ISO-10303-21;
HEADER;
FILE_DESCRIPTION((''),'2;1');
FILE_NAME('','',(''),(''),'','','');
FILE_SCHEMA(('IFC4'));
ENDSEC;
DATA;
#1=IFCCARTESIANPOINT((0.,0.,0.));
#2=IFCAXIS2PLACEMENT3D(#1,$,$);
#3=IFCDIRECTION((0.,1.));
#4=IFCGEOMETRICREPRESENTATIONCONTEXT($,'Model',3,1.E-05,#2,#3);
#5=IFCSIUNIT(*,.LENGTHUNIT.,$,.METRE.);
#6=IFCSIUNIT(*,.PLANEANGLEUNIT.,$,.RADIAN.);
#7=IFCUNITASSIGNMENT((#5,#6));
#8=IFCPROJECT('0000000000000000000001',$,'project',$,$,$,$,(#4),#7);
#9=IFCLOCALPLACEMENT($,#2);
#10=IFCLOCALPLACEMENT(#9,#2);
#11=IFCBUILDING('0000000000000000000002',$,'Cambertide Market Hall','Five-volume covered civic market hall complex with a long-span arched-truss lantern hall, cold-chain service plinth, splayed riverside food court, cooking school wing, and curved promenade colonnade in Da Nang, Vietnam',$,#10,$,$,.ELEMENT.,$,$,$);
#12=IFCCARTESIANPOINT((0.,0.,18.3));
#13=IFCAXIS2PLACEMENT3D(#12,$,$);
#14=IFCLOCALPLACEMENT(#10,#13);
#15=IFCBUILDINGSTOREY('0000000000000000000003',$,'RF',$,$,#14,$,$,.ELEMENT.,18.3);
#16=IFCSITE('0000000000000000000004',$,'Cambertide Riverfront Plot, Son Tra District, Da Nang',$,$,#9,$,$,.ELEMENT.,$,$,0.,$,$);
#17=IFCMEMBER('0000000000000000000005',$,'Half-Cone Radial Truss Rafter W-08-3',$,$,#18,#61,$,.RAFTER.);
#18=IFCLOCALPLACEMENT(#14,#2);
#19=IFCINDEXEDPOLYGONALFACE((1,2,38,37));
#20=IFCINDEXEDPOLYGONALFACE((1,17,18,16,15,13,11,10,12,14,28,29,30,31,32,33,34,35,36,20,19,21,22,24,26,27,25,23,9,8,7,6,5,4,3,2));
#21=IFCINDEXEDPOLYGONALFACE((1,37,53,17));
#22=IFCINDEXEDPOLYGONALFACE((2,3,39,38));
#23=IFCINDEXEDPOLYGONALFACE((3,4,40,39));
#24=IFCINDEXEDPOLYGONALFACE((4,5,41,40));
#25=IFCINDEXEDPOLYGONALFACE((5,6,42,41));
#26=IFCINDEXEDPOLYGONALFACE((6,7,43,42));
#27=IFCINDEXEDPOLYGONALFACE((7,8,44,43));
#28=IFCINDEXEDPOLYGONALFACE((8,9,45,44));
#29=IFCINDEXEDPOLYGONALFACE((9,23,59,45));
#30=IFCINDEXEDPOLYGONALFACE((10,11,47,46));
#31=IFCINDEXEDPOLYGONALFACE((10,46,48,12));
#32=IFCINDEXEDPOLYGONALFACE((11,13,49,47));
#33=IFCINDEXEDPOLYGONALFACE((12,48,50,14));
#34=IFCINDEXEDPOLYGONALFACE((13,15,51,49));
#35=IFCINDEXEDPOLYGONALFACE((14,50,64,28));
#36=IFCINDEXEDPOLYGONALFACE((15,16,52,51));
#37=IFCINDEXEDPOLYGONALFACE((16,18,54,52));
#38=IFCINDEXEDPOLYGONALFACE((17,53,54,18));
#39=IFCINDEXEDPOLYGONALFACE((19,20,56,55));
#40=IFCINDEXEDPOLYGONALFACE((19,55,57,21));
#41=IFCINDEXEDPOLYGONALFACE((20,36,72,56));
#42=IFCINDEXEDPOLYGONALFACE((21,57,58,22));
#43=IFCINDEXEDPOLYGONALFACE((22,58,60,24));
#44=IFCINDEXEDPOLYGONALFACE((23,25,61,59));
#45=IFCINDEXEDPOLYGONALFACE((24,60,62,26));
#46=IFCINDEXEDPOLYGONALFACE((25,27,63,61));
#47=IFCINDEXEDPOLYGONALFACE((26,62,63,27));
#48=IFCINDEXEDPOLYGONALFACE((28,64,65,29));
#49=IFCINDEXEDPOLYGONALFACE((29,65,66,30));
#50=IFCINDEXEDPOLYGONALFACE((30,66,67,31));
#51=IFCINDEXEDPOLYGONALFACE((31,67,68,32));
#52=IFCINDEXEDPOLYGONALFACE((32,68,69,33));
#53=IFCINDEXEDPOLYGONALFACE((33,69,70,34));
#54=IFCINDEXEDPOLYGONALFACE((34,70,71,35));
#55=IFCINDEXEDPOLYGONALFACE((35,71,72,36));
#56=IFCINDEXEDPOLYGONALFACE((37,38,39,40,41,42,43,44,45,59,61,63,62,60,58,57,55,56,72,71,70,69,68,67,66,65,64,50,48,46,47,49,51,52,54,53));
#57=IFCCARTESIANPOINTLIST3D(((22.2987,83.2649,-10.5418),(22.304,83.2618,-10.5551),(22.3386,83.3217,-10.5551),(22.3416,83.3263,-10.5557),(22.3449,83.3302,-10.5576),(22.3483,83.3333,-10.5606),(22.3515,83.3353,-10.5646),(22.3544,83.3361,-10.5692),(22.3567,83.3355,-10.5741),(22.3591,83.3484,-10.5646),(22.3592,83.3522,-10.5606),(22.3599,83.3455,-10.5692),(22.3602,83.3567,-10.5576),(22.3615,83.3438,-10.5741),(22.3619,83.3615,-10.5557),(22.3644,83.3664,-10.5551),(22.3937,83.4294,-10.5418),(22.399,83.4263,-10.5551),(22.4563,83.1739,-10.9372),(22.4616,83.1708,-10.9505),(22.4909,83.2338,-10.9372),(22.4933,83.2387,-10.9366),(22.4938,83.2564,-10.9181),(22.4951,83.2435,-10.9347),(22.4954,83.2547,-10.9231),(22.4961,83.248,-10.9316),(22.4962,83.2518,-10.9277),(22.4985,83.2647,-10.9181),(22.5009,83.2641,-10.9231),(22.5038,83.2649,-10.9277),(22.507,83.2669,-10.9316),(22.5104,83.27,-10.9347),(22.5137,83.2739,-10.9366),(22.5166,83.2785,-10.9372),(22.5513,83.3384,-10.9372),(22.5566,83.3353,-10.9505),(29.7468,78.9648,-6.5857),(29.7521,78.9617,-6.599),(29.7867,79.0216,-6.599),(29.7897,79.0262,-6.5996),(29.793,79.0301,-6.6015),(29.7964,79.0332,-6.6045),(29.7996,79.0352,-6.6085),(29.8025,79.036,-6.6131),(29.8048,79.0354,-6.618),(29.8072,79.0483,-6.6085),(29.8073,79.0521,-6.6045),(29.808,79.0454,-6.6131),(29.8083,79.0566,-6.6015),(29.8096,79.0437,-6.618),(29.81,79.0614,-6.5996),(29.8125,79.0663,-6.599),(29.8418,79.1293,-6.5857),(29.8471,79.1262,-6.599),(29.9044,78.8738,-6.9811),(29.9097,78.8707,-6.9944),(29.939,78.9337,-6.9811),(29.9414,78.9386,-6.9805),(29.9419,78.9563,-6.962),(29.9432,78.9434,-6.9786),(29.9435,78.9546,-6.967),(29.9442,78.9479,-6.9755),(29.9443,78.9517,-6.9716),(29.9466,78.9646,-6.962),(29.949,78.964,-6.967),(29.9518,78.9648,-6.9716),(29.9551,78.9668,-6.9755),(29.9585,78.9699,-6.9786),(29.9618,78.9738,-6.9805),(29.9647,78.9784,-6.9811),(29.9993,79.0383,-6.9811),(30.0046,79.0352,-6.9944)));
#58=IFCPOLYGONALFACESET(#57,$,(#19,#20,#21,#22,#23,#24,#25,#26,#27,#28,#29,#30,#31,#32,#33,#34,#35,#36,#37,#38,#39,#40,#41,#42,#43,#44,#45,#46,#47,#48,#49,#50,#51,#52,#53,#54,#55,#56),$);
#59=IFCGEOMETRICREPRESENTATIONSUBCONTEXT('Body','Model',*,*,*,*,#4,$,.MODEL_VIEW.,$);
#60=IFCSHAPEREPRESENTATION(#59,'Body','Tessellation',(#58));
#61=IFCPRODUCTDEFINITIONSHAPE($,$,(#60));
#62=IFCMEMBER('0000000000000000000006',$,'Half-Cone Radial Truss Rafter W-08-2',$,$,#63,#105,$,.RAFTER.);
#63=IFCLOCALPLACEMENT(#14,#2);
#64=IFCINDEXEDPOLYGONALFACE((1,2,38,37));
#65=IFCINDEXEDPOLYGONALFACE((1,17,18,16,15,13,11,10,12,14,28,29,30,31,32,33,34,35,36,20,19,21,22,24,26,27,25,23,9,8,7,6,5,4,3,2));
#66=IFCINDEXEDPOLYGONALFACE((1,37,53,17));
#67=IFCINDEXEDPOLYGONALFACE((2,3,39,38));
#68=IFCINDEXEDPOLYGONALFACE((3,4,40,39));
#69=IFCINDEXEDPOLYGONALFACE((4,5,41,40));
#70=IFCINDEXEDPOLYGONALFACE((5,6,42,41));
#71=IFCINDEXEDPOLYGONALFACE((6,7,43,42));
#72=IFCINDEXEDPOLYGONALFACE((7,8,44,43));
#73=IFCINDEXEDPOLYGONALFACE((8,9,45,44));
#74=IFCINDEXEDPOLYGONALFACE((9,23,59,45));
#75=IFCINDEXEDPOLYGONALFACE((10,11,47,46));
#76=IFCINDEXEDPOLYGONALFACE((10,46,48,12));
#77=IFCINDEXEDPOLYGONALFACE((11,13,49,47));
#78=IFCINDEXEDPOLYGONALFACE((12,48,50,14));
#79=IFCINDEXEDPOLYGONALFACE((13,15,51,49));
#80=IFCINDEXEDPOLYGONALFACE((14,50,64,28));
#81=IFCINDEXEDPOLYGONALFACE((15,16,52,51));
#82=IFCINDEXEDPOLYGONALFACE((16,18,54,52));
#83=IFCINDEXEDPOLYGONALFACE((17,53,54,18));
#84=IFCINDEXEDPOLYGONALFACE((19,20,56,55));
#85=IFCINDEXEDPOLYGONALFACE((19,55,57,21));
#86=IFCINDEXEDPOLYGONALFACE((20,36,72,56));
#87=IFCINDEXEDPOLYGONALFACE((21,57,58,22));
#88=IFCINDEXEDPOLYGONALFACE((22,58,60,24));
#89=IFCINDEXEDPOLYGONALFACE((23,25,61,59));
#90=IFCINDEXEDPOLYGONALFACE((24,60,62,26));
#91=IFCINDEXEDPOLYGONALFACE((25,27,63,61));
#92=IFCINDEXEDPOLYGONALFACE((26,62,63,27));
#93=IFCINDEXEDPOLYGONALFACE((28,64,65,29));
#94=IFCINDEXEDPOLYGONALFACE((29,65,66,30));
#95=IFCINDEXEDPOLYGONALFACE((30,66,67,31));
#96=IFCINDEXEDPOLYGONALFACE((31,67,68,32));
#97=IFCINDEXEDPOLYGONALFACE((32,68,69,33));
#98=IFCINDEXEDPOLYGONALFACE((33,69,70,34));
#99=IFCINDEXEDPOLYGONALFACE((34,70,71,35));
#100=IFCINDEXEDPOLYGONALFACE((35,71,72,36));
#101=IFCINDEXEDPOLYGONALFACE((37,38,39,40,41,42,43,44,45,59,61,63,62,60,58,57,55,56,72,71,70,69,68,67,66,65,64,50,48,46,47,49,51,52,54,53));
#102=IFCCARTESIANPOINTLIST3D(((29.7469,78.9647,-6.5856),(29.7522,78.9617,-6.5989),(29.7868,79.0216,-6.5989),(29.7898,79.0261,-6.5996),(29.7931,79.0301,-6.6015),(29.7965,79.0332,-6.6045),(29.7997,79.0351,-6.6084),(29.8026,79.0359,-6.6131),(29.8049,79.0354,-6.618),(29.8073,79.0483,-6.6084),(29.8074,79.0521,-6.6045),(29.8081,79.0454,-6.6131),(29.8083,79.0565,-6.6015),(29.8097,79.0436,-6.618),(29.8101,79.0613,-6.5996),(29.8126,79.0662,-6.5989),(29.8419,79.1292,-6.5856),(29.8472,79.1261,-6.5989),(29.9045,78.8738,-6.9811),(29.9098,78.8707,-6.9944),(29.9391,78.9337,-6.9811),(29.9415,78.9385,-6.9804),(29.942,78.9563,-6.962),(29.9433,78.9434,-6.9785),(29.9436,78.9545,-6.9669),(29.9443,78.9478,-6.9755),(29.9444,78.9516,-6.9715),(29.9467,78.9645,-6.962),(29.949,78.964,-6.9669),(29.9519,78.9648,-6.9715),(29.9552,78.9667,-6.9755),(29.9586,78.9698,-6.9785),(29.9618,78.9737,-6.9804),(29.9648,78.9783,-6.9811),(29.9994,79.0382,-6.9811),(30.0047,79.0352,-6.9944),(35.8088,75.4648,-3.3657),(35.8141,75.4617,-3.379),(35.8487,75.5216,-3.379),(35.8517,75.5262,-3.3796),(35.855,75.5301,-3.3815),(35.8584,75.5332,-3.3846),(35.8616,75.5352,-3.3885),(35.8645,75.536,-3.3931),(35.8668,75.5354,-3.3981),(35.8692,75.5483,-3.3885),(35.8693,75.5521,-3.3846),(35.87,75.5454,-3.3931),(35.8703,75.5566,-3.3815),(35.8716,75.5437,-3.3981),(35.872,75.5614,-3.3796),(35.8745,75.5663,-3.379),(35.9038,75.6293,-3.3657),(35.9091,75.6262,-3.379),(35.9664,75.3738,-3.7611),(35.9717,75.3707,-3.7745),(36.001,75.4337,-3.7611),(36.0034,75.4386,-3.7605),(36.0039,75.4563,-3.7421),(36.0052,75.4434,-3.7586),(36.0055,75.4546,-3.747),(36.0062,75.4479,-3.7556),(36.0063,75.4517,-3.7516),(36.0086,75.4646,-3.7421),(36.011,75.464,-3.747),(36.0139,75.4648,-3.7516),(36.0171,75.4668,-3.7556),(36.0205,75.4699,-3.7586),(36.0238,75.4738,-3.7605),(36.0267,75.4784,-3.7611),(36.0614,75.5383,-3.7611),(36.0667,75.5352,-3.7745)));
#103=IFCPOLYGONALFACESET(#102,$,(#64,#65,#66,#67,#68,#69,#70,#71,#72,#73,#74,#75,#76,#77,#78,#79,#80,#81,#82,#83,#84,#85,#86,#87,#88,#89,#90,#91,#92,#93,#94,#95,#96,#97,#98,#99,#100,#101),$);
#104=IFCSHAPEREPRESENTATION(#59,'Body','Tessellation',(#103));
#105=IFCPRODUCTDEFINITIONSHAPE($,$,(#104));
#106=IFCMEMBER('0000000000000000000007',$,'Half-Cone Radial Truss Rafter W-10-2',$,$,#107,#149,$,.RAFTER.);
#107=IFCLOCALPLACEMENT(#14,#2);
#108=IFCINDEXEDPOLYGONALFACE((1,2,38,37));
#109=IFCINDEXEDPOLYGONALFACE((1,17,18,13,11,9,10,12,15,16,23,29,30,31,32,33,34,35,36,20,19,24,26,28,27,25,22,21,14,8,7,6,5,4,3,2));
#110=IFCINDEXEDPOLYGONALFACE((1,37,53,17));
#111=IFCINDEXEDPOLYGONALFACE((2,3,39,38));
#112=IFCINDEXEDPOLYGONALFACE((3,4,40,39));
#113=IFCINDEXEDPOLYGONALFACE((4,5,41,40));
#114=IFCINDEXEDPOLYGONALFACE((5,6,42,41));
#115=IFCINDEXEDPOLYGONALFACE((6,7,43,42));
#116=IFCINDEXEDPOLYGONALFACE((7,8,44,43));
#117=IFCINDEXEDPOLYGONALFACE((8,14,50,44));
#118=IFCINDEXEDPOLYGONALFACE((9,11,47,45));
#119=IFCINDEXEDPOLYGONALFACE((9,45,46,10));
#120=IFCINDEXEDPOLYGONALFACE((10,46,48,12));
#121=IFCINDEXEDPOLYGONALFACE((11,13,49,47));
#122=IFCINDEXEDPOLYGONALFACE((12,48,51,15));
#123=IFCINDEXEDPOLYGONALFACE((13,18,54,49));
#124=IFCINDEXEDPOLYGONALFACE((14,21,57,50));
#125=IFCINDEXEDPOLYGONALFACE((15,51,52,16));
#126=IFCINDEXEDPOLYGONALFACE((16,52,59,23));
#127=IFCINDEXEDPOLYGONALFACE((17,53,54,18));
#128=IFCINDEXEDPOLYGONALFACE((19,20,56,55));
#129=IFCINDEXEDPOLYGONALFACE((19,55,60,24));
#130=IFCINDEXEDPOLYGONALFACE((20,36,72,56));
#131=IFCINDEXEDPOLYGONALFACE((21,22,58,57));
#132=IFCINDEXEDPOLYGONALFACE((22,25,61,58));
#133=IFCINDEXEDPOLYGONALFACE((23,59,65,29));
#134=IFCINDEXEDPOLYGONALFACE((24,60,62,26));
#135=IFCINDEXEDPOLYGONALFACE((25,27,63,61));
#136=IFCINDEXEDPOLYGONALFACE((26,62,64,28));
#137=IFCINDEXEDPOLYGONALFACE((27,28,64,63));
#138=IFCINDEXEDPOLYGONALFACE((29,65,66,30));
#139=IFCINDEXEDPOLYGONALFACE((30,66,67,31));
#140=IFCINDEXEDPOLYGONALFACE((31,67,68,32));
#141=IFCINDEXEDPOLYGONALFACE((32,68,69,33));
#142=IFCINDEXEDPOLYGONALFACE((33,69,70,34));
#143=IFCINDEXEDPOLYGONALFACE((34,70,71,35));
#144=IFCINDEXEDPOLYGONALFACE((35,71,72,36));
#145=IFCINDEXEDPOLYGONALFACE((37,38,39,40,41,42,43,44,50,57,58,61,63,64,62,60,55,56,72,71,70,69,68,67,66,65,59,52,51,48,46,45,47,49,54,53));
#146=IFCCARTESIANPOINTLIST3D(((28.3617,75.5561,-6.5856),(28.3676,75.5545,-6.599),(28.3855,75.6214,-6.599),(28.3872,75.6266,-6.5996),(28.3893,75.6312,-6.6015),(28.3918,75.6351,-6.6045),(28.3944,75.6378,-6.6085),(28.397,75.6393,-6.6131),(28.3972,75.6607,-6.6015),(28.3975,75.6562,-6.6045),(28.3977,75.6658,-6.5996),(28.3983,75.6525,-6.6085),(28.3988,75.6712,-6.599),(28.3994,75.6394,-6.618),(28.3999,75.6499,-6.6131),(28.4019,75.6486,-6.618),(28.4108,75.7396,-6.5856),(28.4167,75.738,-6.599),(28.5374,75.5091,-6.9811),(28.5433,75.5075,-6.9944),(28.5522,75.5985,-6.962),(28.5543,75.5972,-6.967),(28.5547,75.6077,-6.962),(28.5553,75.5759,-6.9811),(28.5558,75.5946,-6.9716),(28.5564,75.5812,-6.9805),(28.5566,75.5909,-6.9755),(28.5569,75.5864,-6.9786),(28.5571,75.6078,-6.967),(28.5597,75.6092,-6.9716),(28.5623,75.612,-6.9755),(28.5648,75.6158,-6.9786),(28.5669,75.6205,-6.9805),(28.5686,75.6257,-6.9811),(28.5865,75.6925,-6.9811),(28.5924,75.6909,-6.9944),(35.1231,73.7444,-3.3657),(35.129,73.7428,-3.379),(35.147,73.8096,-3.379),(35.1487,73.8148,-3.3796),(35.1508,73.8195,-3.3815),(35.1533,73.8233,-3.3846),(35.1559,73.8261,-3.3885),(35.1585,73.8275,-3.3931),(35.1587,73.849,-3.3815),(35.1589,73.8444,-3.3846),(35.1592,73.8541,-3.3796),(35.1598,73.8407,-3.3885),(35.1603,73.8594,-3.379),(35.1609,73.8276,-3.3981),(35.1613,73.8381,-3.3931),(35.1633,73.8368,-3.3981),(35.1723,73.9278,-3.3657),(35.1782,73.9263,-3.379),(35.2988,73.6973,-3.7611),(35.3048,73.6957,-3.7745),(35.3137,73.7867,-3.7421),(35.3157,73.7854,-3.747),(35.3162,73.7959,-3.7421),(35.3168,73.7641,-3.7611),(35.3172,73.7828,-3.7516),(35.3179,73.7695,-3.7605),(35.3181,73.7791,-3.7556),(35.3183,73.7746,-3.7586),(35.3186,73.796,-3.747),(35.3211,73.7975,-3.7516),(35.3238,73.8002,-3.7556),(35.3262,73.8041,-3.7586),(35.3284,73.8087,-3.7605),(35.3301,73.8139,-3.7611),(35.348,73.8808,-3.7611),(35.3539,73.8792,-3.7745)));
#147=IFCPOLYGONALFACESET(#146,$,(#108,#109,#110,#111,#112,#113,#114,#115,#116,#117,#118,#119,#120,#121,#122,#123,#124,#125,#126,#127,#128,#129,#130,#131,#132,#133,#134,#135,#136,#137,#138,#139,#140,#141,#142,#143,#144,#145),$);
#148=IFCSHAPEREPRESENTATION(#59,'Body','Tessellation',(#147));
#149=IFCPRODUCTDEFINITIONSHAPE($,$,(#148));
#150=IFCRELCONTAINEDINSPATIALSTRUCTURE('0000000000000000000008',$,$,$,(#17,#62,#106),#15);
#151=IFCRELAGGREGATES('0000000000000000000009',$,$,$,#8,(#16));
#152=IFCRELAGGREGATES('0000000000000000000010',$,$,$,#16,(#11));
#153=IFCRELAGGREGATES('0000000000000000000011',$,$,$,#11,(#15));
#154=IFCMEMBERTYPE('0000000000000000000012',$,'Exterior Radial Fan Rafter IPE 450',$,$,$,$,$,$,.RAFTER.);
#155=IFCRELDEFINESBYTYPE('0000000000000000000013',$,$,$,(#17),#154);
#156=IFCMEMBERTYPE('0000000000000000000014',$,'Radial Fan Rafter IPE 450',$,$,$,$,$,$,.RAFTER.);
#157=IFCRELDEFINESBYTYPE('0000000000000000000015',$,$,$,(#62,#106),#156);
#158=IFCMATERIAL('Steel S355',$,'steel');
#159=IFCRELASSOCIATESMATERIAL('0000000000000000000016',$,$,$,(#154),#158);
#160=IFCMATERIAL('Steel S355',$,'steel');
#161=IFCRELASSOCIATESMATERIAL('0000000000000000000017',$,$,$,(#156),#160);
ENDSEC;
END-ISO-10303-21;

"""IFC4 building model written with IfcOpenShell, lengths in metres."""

from ifc_helpers import new_model, si_unit, direction, frame, origin, origin_2d, place, context, subcontext, project, spatial, i_section, extrude, material, material_profile, profile_set, type_object, element, save


model = new_model("IFC4")

# Units and contexts
model_context = context("Model", 3, precision=1e-05, world=origin(), true_north=direction((0.0, 1.0)))
body_context = subcontext(model_context, "Body", "Model", "MODEL_VIEW")
ifc_project = project(units=[si_unit("LENGTHUNIT", "METRE"), si_unit("PLANEANGLEUNIT", "RADIAN")], contexts=[model_context])

# Site, building, storey
site_placement = place(None, origin())
site = spatial("IfcSite", under=ifc_project, at=site_placement, Name="Cambertide Riverfront Plot, Son Tra District, Da Nang", CompositionType="ELEMENT", RefElevation=0.0)
building_placement = place(site_placement, origin())
building = spatial("IfcBuilding", under=site, at=building_placement, Name="Cambertide Market Hall", Description="Five-volume covered civic market hall complex with a long-span arched-truss lantern hall, cold-chain service plinth, splayed riverside food court, cooking school wing, and curved promenade colonnade in Da Nang, Vietnam", CompositionType="ELEMENT")
storey_placement = place(building_placement, frame((0.0, 0.0, 18.3)))
storey = spatial("IfcBuildingStorey", under=building, at=storey_placement, Name="RF", CompositionType="ELEMENT", Elevation=18.3)

# Members
ifc_material_1 = material(Name="Steel S355", Category="steel")
ifc_material_profile_1 = material_profile(ifc_material_1, i_section(OverallWidth=0.1899, OverallDepth=0.45, WebThickness=0.0095, FlangeThickness=0.0146, FilletRadius=0.021, at=origin_2d()), Name="IPE 450")
ifc_profile_set_1 = profile_set([ifc_material_profile_1], Name="Steel S355")
member_type_1 = type_object("IfcMemberType", Name="Exterior Radial Fan Rafter IPE 450", PredefinedType="RAFTER", material=ifc_profile_set_1)
for number, where, z_axis, x_axis, name in (
    (1, (29.8757, 79.0, -6.79), (-0.786779, 0.454241, -0.417903), (-0.499995, -0.866028, 0.0), "Half-Cone Radial Truss Rafter W-08-3"),
):
    element("IfcMember", number, at=place(storey_placement, frame(where, z_axis=z_axis, x_axis=x_axis)), inside=storey, type_object=member_type_1, Name=name, PredefinedType="RAFTER", context=body_context, shape_type="SweptSolid", body=[
        extrude(i_section(OverallWidth=0.1899, OverallDepth=0.45, WebThickness=0.0095, FlangeThickness=0.0146, FilletRadius=0.021, at=origin_2d()), origin(), (0.0, 0.0, 1.0), 9.4666),
    ])
ifc_material_2 = material(Name="Steel S355", Category="steel")
ifc_material_profile_2 = material_profile(ifc_material_2, i_section(OverallWidth=0.1899, OverallDepth=0.45, WebThickness=0.0095, FlangeThickness=0.0146, FilletRadius=0.021, at=origin_2d()), Name="IPE 450")
ifc_profile_set_2 = profile_set([ifc_material_profile_2], Name="Steel S355")
member_type_2 = type_object("IfcMemberType", Name="Radial Fan Rafter IPE 450", PredefinedType="RAFTER", material=ifc_profile_set_2)
member_1_placement = place(storey_placement, frame((35.9377, 75.5, -3.5701), z_axis=(-0.786769, 0.454254, -0.41791), x_axis=(-0.50001, -0.866019, 0.0)))
element("IfcMember", 2, at=member_1_placement, inside=storey, type_object=member_type_2, Name="Half-Cone Radial Truss Rafter W-08-2", PredefinedType="RAFTER", context=body_context, shape_type="SweptSolid", body=[
    extrude(i_section(OverallWidth=0.1899, OverallDepth=0.45, WebThickness=0.0095, FlangeThickness=0.0146, FilletRadius=0.021, at=origin_2d()), origin(), (0.0, 0.0, 1.0), 7.7048),
])
member_2_placement = place(storey_placement, frame((35.2385, 73.8118, -3.5701), z_axis=(-0.877535, 0.235139, -0.417902), x_axis=(-0.258824, -0.965925, 0.0)))
element("IfcMember", 3, at=member_2_placement, inside=storey, type_object=member_type_2, Name="Half-Cone Radial Truss Rafter W-10-2", PredefinedType="RAFTER", context=body_context, shape_type="SweptSolid", body=[
    extrude(i_section(OverallWidth=0.1899, OverallDepth=0.45, WebThickness=0.0095, FlangeThickness=0.0146, FilletRadius=0.021, at=origin_2d()), origin(), (0.0, 0.0, 1.0), 7.7051),
])

save(model, "model.ifc")
